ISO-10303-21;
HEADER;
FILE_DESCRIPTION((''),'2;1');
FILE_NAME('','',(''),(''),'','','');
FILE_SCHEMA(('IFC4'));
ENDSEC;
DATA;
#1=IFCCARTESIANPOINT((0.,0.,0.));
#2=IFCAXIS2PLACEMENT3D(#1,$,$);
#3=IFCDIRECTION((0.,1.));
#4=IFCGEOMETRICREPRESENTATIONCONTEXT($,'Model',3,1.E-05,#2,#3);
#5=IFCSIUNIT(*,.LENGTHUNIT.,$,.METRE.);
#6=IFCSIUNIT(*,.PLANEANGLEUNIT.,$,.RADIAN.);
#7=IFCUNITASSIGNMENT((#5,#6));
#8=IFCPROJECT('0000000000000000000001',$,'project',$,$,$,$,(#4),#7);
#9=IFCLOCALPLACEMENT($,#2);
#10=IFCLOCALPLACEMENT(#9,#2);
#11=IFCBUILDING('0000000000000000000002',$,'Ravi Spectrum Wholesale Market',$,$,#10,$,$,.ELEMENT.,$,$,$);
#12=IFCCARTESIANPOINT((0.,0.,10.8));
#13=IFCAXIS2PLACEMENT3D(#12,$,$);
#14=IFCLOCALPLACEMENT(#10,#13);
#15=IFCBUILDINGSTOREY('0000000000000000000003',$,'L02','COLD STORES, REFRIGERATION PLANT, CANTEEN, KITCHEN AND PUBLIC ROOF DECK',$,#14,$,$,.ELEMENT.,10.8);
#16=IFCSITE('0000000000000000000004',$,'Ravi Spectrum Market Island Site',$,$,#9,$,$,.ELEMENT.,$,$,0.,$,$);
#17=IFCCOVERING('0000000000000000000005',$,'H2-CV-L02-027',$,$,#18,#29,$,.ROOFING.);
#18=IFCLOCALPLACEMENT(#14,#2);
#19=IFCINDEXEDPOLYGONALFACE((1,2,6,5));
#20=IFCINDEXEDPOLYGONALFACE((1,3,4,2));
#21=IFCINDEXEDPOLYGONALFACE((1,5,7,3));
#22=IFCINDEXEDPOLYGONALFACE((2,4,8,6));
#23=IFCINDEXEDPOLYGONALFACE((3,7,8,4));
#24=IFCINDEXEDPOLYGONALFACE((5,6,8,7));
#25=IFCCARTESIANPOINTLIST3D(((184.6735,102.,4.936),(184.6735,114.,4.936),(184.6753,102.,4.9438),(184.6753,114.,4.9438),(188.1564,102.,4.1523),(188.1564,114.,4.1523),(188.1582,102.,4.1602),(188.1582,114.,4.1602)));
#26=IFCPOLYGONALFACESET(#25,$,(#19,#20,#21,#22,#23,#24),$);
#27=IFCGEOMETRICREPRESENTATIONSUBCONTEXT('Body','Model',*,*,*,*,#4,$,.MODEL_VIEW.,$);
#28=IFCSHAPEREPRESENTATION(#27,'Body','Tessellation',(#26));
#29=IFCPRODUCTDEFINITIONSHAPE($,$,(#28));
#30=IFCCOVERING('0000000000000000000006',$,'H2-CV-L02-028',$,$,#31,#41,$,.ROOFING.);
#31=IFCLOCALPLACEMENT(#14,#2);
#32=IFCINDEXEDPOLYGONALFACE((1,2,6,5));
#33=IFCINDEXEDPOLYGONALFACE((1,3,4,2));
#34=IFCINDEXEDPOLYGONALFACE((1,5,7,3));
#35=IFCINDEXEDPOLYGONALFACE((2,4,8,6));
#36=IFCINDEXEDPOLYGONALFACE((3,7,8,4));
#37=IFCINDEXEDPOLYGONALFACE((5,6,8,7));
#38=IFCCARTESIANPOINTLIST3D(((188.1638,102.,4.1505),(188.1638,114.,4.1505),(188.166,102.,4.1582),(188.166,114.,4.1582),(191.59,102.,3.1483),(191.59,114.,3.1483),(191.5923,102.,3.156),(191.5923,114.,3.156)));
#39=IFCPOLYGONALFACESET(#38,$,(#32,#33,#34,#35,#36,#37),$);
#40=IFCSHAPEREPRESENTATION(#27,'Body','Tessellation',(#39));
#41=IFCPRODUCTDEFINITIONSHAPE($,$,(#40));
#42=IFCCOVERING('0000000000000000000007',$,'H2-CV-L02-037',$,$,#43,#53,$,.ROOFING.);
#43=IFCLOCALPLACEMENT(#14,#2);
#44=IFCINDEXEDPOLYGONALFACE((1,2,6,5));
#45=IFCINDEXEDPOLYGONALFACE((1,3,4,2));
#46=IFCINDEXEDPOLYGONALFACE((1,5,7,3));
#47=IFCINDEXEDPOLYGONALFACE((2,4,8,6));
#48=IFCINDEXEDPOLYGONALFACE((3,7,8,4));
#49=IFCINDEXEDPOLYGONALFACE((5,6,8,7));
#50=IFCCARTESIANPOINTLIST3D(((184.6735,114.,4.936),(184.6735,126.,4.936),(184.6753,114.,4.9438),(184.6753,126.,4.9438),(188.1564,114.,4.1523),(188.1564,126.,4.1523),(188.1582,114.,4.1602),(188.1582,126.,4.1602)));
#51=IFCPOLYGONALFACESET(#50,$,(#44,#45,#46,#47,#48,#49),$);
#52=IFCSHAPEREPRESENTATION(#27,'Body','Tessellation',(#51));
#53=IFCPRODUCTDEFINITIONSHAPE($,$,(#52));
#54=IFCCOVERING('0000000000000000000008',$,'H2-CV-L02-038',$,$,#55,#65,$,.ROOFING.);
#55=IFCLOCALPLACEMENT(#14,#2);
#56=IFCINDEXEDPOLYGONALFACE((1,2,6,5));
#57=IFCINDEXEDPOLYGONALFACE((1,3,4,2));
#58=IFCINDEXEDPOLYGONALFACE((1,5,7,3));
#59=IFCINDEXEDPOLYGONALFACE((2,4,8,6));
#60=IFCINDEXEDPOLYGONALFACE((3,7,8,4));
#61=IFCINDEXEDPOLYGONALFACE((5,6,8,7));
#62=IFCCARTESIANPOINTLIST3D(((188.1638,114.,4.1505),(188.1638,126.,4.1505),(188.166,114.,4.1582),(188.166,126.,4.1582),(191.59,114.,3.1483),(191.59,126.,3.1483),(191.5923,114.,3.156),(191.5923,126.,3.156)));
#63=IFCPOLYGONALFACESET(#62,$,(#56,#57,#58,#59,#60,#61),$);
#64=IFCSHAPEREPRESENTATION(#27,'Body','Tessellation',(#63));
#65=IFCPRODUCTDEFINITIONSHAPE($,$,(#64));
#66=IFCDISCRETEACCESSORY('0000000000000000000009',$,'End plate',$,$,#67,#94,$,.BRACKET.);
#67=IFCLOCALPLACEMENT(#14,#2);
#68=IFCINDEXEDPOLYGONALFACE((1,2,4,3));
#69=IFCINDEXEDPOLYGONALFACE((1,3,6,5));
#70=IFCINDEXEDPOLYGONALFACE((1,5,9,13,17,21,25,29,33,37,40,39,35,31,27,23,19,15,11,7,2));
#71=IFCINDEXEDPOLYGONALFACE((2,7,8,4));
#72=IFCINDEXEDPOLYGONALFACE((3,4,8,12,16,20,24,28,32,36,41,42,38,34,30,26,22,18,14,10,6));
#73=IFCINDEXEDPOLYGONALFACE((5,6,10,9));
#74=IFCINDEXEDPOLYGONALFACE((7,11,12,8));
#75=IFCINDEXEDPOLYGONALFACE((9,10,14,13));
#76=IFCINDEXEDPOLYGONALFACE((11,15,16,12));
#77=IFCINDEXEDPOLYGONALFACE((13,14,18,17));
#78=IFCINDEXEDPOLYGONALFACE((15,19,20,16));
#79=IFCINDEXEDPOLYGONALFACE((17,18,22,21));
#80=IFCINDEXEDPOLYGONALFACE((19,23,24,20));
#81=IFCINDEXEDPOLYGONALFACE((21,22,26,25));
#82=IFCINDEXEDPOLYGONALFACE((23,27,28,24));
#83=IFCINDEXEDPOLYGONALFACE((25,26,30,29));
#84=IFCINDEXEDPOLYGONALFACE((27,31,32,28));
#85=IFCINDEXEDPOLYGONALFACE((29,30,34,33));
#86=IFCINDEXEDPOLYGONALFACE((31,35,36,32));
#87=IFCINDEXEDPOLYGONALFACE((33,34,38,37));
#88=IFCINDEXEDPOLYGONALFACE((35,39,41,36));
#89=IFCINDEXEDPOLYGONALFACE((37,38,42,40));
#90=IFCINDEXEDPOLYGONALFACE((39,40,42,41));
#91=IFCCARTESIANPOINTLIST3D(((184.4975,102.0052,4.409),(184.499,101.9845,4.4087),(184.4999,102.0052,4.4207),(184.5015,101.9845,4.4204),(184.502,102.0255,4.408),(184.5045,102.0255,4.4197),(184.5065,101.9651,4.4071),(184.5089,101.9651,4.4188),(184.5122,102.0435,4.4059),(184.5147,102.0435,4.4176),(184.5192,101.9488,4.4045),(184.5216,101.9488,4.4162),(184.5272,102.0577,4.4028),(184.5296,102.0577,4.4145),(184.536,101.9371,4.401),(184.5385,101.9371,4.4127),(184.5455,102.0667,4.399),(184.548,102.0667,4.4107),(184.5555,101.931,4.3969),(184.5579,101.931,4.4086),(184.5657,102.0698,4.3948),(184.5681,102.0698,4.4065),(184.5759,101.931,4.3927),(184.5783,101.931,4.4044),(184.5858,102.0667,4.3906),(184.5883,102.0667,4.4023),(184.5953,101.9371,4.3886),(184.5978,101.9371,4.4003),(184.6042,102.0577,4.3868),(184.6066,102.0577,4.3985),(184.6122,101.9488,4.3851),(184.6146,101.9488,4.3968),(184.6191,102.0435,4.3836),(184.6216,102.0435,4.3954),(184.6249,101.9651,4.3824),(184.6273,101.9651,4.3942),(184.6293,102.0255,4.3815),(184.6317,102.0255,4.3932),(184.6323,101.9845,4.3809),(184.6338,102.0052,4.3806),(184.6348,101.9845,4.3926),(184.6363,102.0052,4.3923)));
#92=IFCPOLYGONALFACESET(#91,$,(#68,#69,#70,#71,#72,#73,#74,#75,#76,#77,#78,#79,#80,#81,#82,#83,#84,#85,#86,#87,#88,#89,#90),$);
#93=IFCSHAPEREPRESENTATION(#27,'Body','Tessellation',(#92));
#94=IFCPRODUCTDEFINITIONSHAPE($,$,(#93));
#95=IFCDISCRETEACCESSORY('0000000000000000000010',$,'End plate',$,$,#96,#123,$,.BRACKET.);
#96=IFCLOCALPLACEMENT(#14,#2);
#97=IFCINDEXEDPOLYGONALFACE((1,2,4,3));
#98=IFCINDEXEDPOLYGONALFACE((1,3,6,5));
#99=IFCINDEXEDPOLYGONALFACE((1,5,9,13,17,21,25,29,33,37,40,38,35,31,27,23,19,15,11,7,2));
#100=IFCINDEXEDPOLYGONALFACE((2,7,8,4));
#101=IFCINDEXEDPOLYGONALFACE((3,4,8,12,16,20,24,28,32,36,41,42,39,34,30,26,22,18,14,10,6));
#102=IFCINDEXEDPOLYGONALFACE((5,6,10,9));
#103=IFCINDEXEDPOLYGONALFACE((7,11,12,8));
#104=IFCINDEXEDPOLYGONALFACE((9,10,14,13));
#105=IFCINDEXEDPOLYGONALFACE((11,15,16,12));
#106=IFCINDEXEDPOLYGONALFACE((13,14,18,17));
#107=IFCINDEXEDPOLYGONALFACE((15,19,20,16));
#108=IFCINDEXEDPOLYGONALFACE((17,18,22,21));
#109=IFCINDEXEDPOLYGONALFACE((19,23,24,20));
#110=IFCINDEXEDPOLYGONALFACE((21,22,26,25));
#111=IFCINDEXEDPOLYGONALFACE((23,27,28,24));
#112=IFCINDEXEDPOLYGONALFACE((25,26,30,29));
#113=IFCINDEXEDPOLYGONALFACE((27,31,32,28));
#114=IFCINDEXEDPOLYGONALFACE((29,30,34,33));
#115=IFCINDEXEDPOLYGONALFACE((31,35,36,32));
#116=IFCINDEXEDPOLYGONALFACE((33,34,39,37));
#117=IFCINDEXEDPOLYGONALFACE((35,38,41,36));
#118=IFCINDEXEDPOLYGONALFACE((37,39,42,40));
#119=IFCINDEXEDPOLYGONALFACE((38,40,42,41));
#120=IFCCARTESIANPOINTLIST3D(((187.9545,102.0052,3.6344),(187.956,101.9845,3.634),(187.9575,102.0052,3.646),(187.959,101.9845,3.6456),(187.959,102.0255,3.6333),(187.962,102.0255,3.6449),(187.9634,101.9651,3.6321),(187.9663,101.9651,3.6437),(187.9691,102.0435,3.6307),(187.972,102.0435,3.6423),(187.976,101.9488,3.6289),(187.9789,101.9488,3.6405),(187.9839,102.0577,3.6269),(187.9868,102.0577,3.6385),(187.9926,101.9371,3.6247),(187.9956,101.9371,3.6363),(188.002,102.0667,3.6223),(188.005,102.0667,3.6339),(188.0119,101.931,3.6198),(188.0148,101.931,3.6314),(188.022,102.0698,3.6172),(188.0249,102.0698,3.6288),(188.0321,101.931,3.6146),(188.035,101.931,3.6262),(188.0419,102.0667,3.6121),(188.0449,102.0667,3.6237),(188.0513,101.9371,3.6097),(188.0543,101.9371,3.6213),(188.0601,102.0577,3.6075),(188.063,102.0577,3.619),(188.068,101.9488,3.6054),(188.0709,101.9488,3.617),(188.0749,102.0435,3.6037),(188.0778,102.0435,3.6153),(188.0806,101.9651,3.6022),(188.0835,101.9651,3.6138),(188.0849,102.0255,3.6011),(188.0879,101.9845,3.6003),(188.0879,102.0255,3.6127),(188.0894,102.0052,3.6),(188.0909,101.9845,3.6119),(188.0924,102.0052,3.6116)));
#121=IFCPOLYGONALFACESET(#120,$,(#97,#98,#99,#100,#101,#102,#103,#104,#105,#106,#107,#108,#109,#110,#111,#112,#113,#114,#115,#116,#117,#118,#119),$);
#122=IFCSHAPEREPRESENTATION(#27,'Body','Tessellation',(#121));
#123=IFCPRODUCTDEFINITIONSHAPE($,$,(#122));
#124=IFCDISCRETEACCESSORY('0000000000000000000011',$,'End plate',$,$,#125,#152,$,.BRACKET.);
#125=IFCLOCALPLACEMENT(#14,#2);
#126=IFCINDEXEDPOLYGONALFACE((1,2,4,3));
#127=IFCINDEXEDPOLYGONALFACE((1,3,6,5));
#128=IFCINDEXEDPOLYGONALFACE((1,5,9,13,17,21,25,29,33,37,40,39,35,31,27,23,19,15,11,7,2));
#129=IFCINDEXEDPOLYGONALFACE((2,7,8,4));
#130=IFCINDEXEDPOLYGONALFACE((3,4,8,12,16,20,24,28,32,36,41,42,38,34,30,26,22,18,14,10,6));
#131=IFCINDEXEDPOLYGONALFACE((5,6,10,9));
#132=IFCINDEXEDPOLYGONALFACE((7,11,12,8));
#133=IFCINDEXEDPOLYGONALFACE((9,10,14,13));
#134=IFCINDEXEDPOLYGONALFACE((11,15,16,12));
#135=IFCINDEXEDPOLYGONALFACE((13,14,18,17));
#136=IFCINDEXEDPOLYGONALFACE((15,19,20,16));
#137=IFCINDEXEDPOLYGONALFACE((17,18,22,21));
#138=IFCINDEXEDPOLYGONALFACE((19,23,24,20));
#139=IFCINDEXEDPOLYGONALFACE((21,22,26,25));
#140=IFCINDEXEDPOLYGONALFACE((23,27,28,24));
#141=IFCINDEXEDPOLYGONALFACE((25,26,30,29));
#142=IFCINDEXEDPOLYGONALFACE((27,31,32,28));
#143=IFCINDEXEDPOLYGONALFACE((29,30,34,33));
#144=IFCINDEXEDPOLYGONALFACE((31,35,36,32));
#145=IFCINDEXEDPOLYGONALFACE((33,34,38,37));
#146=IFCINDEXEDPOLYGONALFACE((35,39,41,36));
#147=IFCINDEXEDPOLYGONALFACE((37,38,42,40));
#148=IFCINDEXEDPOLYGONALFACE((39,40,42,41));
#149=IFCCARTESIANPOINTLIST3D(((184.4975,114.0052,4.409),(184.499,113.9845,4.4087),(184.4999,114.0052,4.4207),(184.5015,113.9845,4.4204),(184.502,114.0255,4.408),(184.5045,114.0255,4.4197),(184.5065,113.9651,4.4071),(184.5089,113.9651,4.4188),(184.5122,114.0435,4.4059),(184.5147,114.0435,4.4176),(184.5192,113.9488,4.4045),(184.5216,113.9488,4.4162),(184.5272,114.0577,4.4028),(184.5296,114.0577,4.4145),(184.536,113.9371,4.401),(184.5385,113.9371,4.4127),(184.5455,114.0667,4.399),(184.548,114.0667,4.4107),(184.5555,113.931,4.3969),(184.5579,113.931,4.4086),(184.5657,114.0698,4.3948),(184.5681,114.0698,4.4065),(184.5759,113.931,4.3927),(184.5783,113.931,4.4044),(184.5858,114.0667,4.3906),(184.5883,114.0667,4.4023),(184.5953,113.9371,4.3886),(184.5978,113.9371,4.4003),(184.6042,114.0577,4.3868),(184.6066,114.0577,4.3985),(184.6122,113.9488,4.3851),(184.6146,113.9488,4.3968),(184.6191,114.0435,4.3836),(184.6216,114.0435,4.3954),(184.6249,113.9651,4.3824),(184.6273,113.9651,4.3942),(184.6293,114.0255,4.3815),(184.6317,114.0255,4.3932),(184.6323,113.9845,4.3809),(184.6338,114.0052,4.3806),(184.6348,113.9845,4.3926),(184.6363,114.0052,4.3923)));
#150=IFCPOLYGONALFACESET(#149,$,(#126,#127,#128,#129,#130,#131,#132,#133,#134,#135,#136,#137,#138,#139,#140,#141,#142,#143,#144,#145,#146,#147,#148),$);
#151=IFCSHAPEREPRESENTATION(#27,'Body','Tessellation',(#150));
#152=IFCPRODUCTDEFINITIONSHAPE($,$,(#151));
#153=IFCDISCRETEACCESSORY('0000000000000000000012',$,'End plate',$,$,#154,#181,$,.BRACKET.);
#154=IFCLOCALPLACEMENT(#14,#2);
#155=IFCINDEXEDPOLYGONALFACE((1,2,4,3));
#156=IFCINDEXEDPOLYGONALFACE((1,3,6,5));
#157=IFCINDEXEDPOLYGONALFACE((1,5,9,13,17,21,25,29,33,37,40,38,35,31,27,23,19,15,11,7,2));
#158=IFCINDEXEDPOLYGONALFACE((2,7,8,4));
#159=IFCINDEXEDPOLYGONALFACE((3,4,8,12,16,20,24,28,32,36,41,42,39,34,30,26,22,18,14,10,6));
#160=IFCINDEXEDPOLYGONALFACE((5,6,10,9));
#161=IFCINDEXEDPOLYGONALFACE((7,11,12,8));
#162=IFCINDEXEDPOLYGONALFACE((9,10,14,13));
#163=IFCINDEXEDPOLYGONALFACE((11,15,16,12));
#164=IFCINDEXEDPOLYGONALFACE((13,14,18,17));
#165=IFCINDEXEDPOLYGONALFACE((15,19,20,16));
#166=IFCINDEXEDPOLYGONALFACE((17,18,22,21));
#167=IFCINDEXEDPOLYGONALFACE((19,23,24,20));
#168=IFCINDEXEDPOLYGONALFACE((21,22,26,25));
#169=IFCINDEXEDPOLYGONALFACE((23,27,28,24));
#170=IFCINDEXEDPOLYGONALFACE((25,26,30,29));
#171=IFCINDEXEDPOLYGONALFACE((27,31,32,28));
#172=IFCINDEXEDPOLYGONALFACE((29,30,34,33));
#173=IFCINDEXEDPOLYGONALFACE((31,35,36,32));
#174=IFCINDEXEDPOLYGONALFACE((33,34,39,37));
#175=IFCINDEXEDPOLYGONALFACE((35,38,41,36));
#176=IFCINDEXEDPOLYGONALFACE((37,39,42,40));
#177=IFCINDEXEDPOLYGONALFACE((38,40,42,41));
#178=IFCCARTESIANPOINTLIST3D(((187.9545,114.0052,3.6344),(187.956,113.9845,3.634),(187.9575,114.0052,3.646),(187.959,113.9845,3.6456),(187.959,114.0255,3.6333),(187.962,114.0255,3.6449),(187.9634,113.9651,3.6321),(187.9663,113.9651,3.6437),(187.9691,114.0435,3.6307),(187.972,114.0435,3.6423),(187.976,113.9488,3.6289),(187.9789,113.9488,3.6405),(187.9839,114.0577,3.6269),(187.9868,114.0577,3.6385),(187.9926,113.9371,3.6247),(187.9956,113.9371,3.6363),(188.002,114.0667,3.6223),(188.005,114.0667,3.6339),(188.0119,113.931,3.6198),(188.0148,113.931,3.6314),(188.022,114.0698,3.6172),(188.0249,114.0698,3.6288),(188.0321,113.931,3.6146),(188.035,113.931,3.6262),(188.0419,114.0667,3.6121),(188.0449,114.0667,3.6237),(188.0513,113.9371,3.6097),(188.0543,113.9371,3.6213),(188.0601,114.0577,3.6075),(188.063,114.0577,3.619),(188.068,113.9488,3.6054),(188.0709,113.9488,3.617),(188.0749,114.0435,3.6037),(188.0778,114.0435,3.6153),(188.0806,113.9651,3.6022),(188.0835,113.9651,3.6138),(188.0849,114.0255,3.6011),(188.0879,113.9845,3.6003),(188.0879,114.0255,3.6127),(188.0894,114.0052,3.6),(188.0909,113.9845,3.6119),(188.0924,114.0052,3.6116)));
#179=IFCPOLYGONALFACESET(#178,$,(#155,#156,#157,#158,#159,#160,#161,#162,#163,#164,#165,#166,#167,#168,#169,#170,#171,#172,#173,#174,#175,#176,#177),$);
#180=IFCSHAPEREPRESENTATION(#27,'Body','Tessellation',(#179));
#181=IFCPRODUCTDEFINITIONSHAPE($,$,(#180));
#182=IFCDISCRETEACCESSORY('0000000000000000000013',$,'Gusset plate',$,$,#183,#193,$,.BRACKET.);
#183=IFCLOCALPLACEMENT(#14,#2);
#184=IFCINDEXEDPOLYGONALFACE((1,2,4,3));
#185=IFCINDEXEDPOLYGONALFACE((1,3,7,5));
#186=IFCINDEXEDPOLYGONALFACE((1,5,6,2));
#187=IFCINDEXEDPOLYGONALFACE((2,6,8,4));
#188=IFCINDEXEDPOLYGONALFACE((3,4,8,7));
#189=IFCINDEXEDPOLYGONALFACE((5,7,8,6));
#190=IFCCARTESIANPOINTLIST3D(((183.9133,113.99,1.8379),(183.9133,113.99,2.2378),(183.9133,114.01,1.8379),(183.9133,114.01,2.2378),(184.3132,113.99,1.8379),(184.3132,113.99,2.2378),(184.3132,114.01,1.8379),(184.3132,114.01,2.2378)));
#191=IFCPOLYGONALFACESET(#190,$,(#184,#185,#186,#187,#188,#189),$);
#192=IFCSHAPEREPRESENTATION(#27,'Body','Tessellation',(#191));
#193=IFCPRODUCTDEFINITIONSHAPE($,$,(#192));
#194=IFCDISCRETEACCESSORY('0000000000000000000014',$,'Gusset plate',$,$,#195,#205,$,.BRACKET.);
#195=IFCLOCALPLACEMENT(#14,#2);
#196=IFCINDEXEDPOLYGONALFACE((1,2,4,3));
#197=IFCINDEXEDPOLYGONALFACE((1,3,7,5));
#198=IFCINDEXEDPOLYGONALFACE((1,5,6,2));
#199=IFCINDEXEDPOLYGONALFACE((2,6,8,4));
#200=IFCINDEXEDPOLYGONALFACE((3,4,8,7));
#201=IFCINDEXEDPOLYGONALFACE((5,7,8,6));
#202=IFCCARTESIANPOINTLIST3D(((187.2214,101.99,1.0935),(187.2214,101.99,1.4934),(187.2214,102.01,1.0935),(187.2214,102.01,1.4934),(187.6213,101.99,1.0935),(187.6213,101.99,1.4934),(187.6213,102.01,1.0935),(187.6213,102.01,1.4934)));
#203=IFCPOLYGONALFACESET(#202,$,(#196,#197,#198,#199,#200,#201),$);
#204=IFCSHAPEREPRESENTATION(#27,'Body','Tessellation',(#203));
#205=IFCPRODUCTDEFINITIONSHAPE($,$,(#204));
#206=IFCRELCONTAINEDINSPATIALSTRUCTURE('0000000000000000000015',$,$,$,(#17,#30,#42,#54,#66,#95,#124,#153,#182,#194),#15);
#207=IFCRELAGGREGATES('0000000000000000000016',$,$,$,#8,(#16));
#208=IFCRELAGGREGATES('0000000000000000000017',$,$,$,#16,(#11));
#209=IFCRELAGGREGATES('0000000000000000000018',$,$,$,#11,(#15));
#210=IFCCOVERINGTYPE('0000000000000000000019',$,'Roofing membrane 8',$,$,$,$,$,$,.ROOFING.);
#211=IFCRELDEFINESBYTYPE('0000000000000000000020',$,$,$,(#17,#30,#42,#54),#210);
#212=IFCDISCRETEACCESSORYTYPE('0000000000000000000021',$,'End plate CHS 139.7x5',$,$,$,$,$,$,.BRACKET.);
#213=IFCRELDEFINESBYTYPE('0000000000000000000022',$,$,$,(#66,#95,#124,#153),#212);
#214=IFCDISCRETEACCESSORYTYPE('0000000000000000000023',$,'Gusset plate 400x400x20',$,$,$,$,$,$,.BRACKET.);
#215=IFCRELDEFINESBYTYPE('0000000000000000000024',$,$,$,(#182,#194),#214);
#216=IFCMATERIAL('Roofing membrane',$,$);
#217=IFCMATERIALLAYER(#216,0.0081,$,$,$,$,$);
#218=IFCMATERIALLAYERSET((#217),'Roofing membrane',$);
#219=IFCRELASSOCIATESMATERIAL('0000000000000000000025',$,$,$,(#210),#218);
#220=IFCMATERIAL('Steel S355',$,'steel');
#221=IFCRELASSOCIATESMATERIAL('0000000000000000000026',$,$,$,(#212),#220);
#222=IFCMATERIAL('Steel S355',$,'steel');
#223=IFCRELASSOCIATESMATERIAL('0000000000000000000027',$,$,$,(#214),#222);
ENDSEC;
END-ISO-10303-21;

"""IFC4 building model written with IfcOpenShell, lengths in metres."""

from ifc_helpers import new_model, si_unit, direction, frame, origin, origin_2d, place, context, subcontext, project, spatial, polyline, rectangle, circle, outline, extrude, material, layer, layer_set, material_profile, profile_set, type_object, element, save


model = new_model("IFC4")

# Units and contexts
model_context = context("Model", 3, precision=1e-05, world=origin(), true_north=direction((0.0, 1.0)))
body_context = subcontext(model_context, "Body", "Model", "MODEL_VIEW")
ifc_project = project(units=[si_unit("LENGTHUNIT", "METRE"), si_unit("PLANEANGLEUNIT", "RADIAN")], contexts=[model_context])

# Site, building, storey
site_placement = place(None, origin())
site = spatial("IfcSite", under=ifc_project, at=site_placement, Name="Ravi Spectrum Market Island Site", CompositionType="ELEMENT", RefElevation=0.0)
building_placement = place(site_placement, origin())
building = spatial("IfcBuilding", under=site, at=building_placement, Name="Ravi Spectrum Wholesale Market", CompositionType="ELEMENT")
storey_placement = place(building_placement, frame((0.0, 0.0, 10.8)))
storey = spatial("IfcBuildingStorey", under=building, at=storey_placement, Name="L02", Description="COLD STORES, REFRIGERATION PLANT, CANTEEN, KITCHEN AND PUBLIC ROOF DECK", CompositionType="ELEMENT", Elevation=10.8)

# Coverings
ifc_material_1 = material(Name="Roofing membrane")
ifc_layer_1 = layer(ifc_material_1, 0.0081)
ifc_layer_set_1 = layer_set([ifc_layer_1], Name="Roofing membrane")
covering_type = type_object("IfcCoveringType", Name="Roofing membrane 8", PredefinedType="ROOFING", material=ifc_layer_set_1)
covering_1_placement = place(storey_placement, frame((184.6753, 102.0, 4.9438), z_axis=(0.219522, 0.0, 0.975608), x_axis=(0.975608, 0.0, -0.219522)))
element("IfcCovering", 1, at=covering_1_placement, inside=storey, type_object=covering_type, Name="H2-CV-L02-027", PredefinedType="ROOFING", context=body_context, shape_type="SweptSolid", body=[
    extrude(outline(polyline([(0.0, 0.0), (3.57, 0.0), (3.57, 12.0), (0.0, 12.0), (0.0, 0.0)])), origin(), (0.0, 0.0, -1.0), 0.0081),
])
covering_2_placement = place(storey_placement, frame((188.166, 102.0, 4.1582), z_axis=(0.28074, 0.0, 0.959784), x_axis=(0.959784, 0.0, -0.28074)))
element("IfcCovering", 2, at=covering_2_placement, inside=storey, type_object=covering_type, Name="H2-CV-L02-028", PredefinedType="ROOFING", context=body_context, shape_type="SweptSolid", body=[
    extrude(outline(polyline([(0.0, 0.0), (3.5698, 0.0), (3.5698, 12.0), (0.0, 12.0), (0.0, 0.0)])), origin(), (0.0, 0.0, -1.0), 0.0081),
])
covering_3_placement = place(storey_placement, frame((184.6753, 114.0, 4.9438), z_axis=(0.219522, 0.0, 0.975608), x_axis=(0.975608, 0.0, -0.219522)))
element("IfcCovering", 3, at=covering_3_placement, inside=storey, type_object=covering_type, Name="H2-CV-L02-037", PredefinedType="ROOFING", context=body_context, shape_type="SweptSolid", body=[
    extrude(outline(polyline([(0.0, 0.0), (3.57, 0.0), (3.57, 12.0), (0.0, 12.0), (0.0, 0.0)])), origin(), (0.0, 0.0, -1.0), 0.0081),
])
covering_4_placement = place(storey_placement, frame((188.166, 114.0, 4.1582), z_axis=(0.28074, 0.0, 0.959784), x_axis=(0.959784, 0.0, -0.28074)))
element("IfcCovering", 4, at=covering_4_placement, inside=storey, type_object=covering_type, Name="H2-CV-L02-038", PredefinedType="ROOFING", context=body_context, shape_type="SweptSolid", body=[
    extrude(outline(polyline([(0.0, 0.0), (3.5698, 0.0), (3.5698, 12.0), (0.0, 12.0), (0.0, 0.0)])), origin(), (0.0, 0.0, -1.0), 0.0081),
])

# Discrete accessories
ifc_material_2 = material(Name="Steel S355", Category="steel")
ifc_material_profile_1 = material_profile(ifc_material_2, circle(Radius=0.0698, at=origin_2d()))
ifc_profile_set_1 = profile_set([ifc_material_profile_1], Name="Steel S355")
discrete_accessory_type_1 = type_object("IfcDiscreteAccessoryType", Name="End plate CHS 139.7x5", PredefinedType="BRACKET", material=ifc_profile_set_1)
for number, where, z_axis, x_axis, name in (
    (5, (184.5657, 102.0, 4.3948), (0.203954, 0.0, 0.97898), (0.0, 1.0, 0.0), "End plate"),
    (6, (188.022, 102.0, 3.6172), (0.247383, 0.0, 0.968918), (0.0, 1.0, 0.0), "End plate"),
    (7, (184.5657, 114.0, 4.3948), (0.203954, 0.0, 0.97898), (0.0, 1.0, 0.0), "End plate"),
    (8, (188.022, 114.0, 3.6172), (0.247383, 0.0, 0.968918), (0.0, 1.0, 0.0), "End plate"),
):
    element("IfcDiscreteAccessory", number, at=place(storey_placement, frame(where, z_axis=z_axis, x_axis=x_axis)), inside=storey, type_object=discrete_accessory_type_1, Name=name, PredefinedType="BRACKET", context=body_context, shape_type="SweptSolid", body=[
        extrude(circle(Radius=0.0698, at=origin_2d()), origin(), (0.0, 0.0, 1.0), 0.012),
    ])
ifc_material_3 = material(Name="Steel S355", Category="steel")
ifc_material_profile_2 = material_profile(ifc_material_3, rectangle(XDim=0.3999, YDim=0.02, at=origin_2d()))
ifc_profile_set_2 = profile_set([ifc_material_profile_2], Name="Steel S355")
discrete_accessory_type_2 = type_object("IfcDiscreteAccessoryType", Name="Gusset plate 400x400x20", PredefinedType="BRACKET", material=ifc_profile_set_2)
for number, where, z_axis, x_axis, name in (
    (9, (184.1133, 114.0, 1.8379), (0.0, 0.0, 1.0), (-1.0, 0.0, 0.0), "Gusset plate"),
    (10, (187.4214, 102.0, 1.0935), (0.0, 0.0, 1.0), (-1.0, 0.0, 0.0), "Gusset plate"),
):
    element("IfcDiscreteAccessory", number, at=place(storey_placement, frame(where, z_axis=z_axis, x_axis=x_axis)), inside=storey, type_object=discrete_accessory_type_2, Name=name, PredefinedType="BRACKET", context=body_context, shape_type="SweptSolid", body=[
        extrude(rectangle(XDim=0.3999, YDim=0.02, at=origin_2d()), origin(), (0.0, 0.0, 1.0), 0.3999),
    ])

save(model, "model.ifc")
